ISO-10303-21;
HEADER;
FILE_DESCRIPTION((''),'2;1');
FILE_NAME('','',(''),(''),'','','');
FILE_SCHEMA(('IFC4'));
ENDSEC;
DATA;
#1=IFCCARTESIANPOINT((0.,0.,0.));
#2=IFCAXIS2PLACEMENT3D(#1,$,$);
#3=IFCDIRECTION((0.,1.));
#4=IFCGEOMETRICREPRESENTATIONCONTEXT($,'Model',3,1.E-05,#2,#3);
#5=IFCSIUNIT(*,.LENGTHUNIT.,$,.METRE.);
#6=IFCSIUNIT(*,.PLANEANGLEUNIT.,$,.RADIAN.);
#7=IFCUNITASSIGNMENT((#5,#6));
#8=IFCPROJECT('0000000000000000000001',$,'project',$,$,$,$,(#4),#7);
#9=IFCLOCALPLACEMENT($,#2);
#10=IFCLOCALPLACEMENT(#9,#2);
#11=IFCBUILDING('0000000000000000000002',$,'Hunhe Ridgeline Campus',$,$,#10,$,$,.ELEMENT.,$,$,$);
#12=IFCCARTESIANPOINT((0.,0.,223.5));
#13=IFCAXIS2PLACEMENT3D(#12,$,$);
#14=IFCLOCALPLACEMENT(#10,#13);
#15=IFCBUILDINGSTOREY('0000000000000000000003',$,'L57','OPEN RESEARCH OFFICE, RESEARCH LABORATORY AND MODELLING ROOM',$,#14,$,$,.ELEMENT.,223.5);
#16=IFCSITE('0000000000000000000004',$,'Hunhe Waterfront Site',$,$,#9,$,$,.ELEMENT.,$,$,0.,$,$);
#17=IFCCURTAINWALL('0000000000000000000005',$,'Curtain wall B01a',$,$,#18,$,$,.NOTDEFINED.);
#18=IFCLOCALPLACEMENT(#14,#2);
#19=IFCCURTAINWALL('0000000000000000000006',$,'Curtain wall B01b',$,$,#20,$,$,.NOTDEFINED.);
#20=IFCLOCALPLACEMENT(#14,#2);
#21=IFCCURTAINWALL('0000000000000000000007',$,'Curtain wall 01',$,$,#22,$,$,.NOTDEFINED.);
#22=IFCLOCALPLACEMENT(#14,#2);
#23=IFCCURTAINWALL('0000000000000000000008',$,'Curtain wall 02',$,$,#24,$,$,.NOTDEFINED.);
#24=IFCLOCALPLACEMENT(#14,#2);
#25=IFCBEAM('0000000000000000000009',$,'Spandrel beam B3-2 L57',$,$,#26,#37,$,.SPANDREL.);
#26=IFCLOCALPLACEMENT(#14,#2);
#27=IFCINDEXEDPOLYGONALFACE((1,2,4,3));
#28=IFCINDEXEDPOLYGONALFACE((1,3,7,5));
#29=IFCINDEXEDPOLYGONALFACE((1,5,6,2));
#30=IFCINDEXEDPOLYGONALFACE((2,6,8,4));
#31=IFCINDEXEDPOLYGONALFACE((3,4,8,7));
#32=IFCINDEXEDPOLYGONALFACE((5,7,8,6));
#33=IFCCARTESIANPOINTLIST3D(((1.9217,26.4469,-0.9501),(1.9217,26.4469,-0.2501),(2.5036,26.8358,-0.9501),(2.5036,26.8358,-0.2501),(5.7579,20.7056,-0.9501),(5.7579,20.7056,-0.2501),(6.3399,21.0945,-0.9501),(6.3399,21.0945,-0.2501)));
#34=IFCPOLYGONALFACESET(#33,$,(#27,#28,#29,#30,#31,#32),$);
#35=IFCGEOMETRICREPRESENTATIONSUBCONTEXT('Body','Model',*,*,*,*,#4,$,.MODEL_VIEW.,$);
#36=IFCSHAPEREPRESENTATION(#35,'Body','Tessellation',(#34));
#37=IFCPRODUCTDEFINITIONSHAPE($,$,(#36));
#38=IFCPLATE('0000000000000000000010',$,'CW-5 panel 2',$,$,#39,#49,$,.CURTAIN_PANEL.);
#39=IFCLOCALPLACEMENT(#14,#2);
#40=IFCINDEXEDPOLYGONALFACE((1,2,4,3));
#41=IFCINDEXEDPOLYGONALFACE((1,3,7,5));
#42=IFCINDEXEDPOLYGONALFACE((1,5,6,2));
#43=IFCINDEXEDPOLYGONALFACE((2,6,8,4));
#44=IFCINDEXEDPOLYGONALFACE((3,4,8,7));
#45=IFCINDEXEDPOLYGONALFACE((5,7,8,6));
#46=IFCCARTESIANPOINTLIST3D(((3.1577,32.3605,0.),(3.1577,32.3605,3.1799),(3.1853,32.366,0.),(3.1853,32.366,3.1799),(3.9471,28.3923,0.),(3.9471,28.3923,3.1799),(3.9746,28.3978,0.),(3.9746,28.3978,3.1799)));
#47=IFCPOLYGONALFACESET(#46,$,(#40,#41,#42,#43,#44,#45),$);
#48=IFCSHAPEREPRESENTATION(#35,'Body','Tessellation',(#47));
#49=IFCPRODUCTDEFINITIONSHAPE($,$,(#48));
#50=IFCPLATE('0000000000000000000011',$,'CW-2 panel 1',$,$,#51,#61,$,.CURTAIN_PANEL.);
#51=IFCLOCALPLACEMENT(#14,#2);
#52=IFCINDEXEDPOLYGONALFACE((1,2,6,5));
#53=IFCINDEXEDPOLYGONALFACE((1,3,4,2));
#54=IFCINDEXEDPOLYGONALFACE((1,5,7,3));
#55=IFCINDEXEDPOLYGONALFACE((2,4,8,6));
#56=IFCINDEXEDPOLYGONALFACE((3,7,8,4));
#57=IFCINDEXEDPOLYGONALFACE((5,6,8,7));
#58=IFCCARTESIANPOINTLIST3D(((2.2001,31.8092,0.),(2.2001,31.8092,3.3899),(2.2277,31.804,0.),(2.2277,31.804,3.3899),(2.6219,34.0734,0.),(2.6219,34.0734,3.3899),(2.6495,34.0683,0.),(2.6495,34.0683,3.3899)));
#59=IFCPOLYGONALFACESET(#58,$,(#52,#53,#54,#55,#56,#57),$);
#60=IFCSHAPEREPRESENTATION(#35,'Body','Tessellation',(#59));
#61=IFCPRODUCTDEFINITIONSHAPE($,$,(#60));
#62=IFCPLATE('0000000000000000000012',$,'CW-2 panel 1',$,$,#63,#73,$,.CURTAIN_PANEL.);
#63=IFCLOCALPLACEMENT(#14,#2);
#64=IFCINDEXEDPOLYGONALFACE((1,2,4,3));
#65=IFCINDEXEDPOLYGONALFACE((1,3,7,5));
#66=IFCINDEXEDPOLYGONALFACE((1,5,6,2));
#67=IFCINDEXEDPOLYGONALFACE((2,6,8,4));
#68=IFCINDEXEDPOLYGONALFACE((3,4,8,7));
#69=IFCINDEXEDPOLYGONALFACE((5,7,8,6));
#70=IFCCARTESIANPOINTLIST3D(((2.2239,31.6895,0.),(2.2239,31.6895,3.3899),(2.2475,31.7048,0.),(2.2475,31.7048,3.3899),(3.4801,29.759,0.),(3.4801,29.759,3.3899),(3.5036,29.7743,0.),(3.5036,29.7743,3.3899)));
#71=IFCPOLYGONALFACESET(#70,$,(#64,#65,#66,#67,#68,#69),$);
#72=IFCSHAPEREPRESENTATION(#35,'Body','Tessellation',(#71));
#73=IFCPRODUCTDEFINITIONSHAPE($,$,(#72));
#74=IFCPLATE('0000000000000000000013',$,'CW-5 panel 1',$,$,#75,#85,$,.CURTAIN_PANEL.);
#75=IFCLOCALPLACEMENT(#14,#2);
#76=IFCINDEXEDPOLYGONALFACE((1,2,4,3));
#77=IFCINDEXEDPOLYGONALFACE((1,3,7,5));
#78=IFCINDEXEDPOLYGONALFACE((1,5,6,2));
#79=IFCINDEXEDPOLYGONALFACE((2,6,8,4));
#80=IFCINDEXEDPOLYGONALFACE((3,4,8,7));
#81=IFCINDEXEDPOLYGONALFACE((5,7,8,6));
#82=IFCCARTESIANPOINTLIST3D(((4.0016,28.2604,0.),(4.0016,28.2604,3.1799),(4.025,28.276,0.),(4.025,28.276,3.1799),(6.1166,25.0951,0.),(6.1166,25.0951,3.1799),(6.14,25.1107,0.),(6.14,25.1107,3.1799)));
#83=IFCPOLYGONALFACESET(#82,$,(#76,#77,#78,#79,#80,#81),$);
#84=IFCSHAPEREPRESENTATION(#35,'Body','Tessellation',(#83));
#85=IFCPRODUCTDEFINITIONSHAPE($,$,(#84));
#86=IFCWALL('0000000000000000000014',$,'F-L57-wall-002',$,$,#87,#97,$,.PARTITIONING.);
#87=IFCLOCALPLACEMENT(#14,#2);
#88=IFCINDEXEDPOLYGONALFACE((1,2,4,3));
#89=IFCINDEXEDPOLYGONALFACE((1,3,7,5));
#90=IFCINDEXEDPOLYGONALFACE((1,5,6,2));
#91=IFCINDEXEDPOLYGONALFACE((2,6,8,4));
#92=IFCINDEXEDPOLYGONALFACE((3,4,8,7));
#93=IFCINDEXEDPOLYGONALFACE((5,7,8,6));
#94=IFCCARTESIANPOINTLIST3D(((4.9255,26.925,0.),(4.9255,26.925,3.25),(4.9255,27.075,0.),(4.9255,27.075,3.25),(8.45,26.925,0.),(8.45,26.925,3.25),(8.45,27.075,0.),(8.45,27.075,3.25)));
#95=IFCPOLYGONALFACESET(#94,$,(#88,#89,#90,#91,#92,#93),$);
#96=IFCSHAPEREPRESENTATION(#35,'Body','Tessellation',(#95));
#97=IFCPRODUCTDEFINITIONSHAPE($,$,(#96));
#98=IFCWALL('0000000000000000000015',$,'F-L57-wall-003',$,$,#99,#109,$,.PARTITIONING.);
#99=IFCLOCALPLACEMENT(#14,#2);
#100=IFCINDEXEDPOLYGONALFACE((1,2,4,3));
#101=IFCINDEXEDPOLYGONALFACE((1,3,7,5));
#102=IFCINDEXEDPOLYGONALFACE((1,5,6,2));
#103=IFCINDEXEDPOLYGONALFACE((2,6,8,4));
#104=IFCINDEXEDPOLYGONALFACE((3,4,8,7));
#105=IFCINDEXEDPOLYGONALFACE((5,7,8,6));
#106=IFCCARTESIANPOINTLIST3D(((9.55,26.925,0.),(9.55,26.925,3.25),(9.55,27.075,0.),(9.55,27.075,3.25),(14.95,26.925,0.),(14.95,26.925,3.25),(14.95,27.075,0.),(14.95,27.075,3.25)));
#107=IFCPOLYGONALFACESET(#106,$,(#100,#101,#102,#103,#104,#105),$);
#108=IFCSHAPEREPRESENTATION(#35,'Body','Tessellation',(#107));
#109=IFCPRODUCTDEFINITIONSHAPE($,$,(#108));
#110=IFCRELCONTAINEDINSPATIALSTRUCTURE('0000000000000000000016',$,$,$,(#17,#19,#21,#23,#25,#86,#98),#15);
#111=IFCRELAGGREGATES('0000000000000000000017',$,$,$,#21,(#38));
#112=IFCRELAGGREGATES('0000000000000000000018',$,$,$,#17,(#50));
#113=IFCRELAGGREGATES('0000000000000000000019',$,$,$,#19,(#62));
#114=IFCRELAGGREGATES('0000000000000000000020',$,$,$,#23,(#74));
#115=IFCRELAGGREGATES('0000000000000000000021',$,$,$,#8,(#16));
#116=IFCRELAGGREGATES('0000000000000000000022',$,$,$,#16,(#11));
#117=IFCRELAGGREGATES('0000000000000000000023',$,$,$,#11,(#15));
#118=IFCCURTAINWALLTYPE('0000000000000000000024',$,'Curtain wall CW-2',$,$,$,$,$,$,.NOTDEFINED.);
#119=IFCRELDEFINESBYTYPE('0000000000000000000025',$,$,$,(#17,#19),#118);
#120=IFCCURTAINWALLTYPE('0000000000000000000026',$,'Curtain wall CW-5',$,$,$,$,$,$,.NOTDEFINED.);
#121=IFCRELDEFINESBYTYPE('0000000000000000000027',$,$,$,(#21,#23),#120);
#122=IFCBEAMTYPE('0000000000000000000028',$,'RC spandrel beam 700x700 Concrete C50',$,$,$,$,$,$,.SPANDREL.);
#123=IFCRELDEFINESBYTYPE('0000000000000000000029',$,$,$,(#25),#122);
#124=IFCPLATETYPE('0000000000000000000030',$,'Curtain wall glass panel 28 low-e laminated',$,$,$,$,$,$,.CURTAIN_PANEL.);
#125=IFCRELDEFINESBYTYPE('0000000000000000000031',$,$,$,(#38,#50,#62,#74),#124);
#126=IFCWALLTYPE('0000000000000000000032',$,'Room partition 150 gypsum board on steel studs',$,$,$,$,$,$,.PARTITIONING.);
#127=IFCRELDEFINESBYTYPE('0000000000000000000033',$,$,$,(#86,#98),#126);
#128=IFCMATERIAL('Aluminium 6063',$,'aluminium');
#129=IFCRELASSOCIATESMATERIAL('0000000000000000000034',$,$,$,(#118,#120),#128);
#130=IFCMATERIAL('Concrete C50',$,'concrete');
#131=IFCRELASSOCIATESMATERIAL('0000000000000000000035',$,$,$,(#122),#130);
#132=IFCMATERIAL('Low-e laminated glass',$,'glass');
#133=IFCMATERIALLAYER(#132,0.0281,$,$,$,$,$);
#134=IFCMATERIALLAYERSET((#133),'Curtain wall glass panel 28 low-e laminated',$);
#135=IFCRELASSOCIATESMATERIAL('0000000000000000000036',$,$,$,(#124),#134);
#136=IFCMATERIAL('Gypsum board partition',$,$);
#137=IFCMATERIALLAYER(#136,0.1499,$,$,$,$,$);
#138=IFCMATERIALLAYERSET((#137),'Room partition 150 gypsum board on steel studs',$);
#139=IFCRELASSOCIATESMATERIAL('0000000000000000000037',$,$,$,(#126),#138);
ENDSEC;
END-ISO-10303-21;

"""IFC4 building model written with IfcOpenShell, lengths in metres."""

from ifc_helpers import new_model, si_unit, direction, frame, frame_2d, origin, origin_2d, place, context, subcontext, project, spatial, rectangle, extrude, material, layer, layer_set, material_profile, profile_set, type_object, element, aggregate, save


model = new_model("IFC4")

# Units and contexts
model_context = context("Model", 3, precision=1e-05, world=origin(), true_north=direction((0.0, 1.0)))
body_context = subcontext(model_context, "Body", "Model", "MODEL_VIEW")
ifc_project = project(units=[si_unit("LENGTHUNIT", "METRE"), si_unit("PLANEANGLEUNIT", "RADIAN")], contexts=[model_context])

# Site, building, storey
site_placement = place(None, origin())
site = spatial("IfcSite", under=ifc_project, at=site_placement, Name="Hunhe Waterfront Site", CompositionType="ELEMENT", RefElevation=0.0)
building_placement = place(site_placement, origin())
building = spatial("IfcBuilding", under=site, at=building_placement, Name="Hunhe Ridgeline Campus", CompositionType="ELEMENT")
storey_placement = place(building_placement, frame((0.0, 0.0, 223.5)))
storey = spatial("IfcBuildingStorey", under=building, at=storey_placement, Name="L57", Description="OPEN RESEARCH OFFICE, RESEARCH LABORATORY AND MODELLING ROOM", CompositionType="ELEMENT", Elevation=223.5)

# Curtain walls
ifc_material_1 = material(Name="Aluminium 6063", Category="aluminium")
curtain_wall_type_1 = type_object("IfcCurtainWallType", Name="Curtain wall CW-2", PredefinedType="NOTDEFINED", material=ifc_material_1)
curtain_wall_1_placement = place(storey_placement, origin())
curtain_wall_1 = element("IfcCurtainWall", 1, at=curtain_wall_1_placement, inside=storey, type_object=curtain_wall_type_1, Name="Curtain wall B01a", PredefinedType="NOTDEFINED")
curtain_wall_2_placement = place(storey_placement, origin())
curtain_wall_2 = element("IfcCurtainWall", 2, at=curtain_wall_2_placement, inside=storey, type_object=curtain_wall_type_1, Name="Curtain wall B01b", PredefinedType="NOTDEFINED")

# Curtain walls
curtain_wall_type_2 = type_object("IfcCurtainWallType", Name="Curtain wall CW-5", PredefinedType="NOTDEFINED", material=ifc_material_1)
curtain_wall_3_placement = place(storey_placement, origin())
curtain_wall_3 = element("IfcCurtainWall", 3, at=curtain_wall_3_placement, inside=storey, type_object=curtain_wall_type_2, Name="Curtain wall 01", PredefinedType="NOTDEFINED")
curtain_wall_4_placement = place(storey_placement, origin())
curtain_wall_4 = element("IfcCurtainWall", 4, at=curtain_wall_4_placement, inside=storey, type_object=curtain_wall_type_2, Name="Curtain wall 02", PredefinedType="NOTDEFINED")

# Beam
ifc_material_2 = material(Name="Concrete C50", Category="concrete")
ifc_material_profile_1 = material_profile(ifc_material_2, rectangle(XDim=0.7, YDim=0.7, at=origin_2d()))
ifc_profile_set_1 = profile_set([ifc_material_profile_1], Name="Concrete C50")
beam_type = type_object("IfcBeamType", Name="RC spandrel beam 700x700 Concrete C50", PredefinedType="SPANDREL", material=ifc_profile_set_1)
beam_placement = place(storey_placement, frame((2.2126, 26.6414, -0.6001), z_axis=(0.555573, -0.831468, 0.0), x_axis=(0.831468, 0.555573, 0.0)))
element("IfcBeam", 5, at=beam_placement, inside=storey, type_object=beam_type, Name="Spandrel beam B3-2 L57", PredefinedType="SPANDREL", context=body_context, shape_type="SweptSolid", body=[
    extrude(rectangle(XDim=0.7, YDim=0.7, at=origin_2d()), origin(), (0.0, 0.0, 1.0), 6.905),
])

# Plates
ifc_material_3 = material(Name="Low-e laminated glass", Category="glass")
ifc_layer_1 = layer(ifc_material_3, 0.0281)
ifc_layer_set_1 = layer_set([ifc_layer_1], Name="Curtain wall glass panel 28 low-e laminated")
plate_type = type_object("IfcPlateType", Name="Curtain wall glass panel 28 low-e laminated", PredefinedType="CURTAIN_PANEL", material=ifc_layer_set_1)
plate_1_placement = place(storey_placement, frame((3.5662, 30.3792, 0.0), z_axis=(0.0, 0.0, 1.0), x_axis=(0.195095, -0.980784, 0.0)))
plate_1 = element("IfcPlate", 6, at=plate_1_placement, type_object=plate_type, Name="CW-5 panel 2", PredefinedType="CURTAIN_PANEL", context=body_context, shape_type="SweptSolid", body=[
    extrude(rectangle(XDim=4.0459, YDim=0.0281, at=origin_2d()), origin(), (0.0, 0.0, 1.0), 3.1799),
])
aggregate(curtain_wall_3, [plate_1])
plate_2_placement = place(storey_placement, frame((2.4248, 32.9387, 0.0), z_axis=(0.0, 0.0, 1.0), x_axis=(-0.183113, -0.983092, 0.0)))
plate_2 = element("IfcPlate", 7, at=plate_2_placement, type_object=plate_type, Name="CW-2 panel 1", PredefinedType="CURTAIN_PANEL", context=body_context, shape_type="SweptSolid", body=[
    extrude(rectangle(XDim=2.3032, YDim=0.0281, at=origin_2d()), origin(), (0.0, 0.0, 1.0), 3.3899),
])
aggregate(curtain_wall_1, [plate_2])
plate_3_placement = place(storey_placement, frame((2.8638, 30.7319, 0.0), z_axis=(0.0, 0.0, 1.0), x_axis=(0.545395, -0.838179, 0.0)))
plate_3 = element("IfcPlate", 8, at=plate_3_placement, type_object=plate_type, Name="CW-2 panel 1", PredefinedType="CURTAIN_PANEL", context=body_context, shape_type="SweptSolid", body=[
    extrude(rectangle(XDim=2.3032, YDim=0.0281, at=origin_2d()), origin(), (0.0, 0.0, 1.0), 3.3899),
])
aggregate(curtain_wall_2, [plate_3])
plate_4_placement = place(storey_placement, frame((5.0708, 26.6855, 0.0), z_axis=(0.0, 0.0, 1.0), x_axis=(0.55557, -0.83147, 0.0)))
plate_4 = element("IfcPlate", 9, at=plate_4_placement, type_object=plate_type, Name="CW-5 panel 1", PredefinedType="CURTAIN_PANEL", context=body_context, shape_type="SweptSolid", body=[
    extrude(rectangle(XDim=3.8069, YDim=0.0281, at=origin_2d()), origin(), (0.0, 0.0, 1.0), 3.1799),
])
aggregate(curtain_wall_4, [plate_4])

# Walls
ifc_material_4 = material(Name="Gypsum board partition")
ifc_layer_2 = layer(ifc_material_4, 0.1499)
ifc_layer_set_2 = layer_set([ifc_layer_2], Name="Room partition 150 gypsum board on steel studs")
wall_type = type_object("IfcWallType", Name="Room partition 150 gypsum board on steel studs", PredefinedType="PARTITIONING", material=ifc_layer_set_2)
wall_1_placement = place(storey_placement, frame((4.9255, 27.0, 0.0), z_axis=(0.0, 0.0, 1.0), x_axis=(1.0, 0.0, 0.0)))
element("IfcWall", 10, at=wall_1_placement, inside=storey, type_object=wall_type, Name="F-L57-wall-002", PredefinedType="PARTITIONING", context=body_context, shape_type="SweptSolid", body=[
    extrude(rectangle(XDim=3.5244, YDim=0.1499, at=frame_2d((1.7622, 0.0))), origin(), (0.0, 0.0, 1.0), 3.25),
])
wall_2_placement = place(storey_placement, frame((9.55, 27.0, 0.0), z_axis=(0.0, 0.0, 1.0), x_axis=(1.0, 0.0, 0.0)))
element("IfcWall", 11, at=wall_2_placement, inside=storey, type_object=wall_type, Name="F-L57-wall-003", PredefinedType="PARTITIONING", context=body_context, shape_type="SweptSolid", body=[
    extrude(rectangle(XDim=5.3999, YDim=0.1499, at=frame_2d((2.7, 0.0))), origin(), (0.0, 0.0, 1.0), 3.25),
])

save(model, "model.ifc")
